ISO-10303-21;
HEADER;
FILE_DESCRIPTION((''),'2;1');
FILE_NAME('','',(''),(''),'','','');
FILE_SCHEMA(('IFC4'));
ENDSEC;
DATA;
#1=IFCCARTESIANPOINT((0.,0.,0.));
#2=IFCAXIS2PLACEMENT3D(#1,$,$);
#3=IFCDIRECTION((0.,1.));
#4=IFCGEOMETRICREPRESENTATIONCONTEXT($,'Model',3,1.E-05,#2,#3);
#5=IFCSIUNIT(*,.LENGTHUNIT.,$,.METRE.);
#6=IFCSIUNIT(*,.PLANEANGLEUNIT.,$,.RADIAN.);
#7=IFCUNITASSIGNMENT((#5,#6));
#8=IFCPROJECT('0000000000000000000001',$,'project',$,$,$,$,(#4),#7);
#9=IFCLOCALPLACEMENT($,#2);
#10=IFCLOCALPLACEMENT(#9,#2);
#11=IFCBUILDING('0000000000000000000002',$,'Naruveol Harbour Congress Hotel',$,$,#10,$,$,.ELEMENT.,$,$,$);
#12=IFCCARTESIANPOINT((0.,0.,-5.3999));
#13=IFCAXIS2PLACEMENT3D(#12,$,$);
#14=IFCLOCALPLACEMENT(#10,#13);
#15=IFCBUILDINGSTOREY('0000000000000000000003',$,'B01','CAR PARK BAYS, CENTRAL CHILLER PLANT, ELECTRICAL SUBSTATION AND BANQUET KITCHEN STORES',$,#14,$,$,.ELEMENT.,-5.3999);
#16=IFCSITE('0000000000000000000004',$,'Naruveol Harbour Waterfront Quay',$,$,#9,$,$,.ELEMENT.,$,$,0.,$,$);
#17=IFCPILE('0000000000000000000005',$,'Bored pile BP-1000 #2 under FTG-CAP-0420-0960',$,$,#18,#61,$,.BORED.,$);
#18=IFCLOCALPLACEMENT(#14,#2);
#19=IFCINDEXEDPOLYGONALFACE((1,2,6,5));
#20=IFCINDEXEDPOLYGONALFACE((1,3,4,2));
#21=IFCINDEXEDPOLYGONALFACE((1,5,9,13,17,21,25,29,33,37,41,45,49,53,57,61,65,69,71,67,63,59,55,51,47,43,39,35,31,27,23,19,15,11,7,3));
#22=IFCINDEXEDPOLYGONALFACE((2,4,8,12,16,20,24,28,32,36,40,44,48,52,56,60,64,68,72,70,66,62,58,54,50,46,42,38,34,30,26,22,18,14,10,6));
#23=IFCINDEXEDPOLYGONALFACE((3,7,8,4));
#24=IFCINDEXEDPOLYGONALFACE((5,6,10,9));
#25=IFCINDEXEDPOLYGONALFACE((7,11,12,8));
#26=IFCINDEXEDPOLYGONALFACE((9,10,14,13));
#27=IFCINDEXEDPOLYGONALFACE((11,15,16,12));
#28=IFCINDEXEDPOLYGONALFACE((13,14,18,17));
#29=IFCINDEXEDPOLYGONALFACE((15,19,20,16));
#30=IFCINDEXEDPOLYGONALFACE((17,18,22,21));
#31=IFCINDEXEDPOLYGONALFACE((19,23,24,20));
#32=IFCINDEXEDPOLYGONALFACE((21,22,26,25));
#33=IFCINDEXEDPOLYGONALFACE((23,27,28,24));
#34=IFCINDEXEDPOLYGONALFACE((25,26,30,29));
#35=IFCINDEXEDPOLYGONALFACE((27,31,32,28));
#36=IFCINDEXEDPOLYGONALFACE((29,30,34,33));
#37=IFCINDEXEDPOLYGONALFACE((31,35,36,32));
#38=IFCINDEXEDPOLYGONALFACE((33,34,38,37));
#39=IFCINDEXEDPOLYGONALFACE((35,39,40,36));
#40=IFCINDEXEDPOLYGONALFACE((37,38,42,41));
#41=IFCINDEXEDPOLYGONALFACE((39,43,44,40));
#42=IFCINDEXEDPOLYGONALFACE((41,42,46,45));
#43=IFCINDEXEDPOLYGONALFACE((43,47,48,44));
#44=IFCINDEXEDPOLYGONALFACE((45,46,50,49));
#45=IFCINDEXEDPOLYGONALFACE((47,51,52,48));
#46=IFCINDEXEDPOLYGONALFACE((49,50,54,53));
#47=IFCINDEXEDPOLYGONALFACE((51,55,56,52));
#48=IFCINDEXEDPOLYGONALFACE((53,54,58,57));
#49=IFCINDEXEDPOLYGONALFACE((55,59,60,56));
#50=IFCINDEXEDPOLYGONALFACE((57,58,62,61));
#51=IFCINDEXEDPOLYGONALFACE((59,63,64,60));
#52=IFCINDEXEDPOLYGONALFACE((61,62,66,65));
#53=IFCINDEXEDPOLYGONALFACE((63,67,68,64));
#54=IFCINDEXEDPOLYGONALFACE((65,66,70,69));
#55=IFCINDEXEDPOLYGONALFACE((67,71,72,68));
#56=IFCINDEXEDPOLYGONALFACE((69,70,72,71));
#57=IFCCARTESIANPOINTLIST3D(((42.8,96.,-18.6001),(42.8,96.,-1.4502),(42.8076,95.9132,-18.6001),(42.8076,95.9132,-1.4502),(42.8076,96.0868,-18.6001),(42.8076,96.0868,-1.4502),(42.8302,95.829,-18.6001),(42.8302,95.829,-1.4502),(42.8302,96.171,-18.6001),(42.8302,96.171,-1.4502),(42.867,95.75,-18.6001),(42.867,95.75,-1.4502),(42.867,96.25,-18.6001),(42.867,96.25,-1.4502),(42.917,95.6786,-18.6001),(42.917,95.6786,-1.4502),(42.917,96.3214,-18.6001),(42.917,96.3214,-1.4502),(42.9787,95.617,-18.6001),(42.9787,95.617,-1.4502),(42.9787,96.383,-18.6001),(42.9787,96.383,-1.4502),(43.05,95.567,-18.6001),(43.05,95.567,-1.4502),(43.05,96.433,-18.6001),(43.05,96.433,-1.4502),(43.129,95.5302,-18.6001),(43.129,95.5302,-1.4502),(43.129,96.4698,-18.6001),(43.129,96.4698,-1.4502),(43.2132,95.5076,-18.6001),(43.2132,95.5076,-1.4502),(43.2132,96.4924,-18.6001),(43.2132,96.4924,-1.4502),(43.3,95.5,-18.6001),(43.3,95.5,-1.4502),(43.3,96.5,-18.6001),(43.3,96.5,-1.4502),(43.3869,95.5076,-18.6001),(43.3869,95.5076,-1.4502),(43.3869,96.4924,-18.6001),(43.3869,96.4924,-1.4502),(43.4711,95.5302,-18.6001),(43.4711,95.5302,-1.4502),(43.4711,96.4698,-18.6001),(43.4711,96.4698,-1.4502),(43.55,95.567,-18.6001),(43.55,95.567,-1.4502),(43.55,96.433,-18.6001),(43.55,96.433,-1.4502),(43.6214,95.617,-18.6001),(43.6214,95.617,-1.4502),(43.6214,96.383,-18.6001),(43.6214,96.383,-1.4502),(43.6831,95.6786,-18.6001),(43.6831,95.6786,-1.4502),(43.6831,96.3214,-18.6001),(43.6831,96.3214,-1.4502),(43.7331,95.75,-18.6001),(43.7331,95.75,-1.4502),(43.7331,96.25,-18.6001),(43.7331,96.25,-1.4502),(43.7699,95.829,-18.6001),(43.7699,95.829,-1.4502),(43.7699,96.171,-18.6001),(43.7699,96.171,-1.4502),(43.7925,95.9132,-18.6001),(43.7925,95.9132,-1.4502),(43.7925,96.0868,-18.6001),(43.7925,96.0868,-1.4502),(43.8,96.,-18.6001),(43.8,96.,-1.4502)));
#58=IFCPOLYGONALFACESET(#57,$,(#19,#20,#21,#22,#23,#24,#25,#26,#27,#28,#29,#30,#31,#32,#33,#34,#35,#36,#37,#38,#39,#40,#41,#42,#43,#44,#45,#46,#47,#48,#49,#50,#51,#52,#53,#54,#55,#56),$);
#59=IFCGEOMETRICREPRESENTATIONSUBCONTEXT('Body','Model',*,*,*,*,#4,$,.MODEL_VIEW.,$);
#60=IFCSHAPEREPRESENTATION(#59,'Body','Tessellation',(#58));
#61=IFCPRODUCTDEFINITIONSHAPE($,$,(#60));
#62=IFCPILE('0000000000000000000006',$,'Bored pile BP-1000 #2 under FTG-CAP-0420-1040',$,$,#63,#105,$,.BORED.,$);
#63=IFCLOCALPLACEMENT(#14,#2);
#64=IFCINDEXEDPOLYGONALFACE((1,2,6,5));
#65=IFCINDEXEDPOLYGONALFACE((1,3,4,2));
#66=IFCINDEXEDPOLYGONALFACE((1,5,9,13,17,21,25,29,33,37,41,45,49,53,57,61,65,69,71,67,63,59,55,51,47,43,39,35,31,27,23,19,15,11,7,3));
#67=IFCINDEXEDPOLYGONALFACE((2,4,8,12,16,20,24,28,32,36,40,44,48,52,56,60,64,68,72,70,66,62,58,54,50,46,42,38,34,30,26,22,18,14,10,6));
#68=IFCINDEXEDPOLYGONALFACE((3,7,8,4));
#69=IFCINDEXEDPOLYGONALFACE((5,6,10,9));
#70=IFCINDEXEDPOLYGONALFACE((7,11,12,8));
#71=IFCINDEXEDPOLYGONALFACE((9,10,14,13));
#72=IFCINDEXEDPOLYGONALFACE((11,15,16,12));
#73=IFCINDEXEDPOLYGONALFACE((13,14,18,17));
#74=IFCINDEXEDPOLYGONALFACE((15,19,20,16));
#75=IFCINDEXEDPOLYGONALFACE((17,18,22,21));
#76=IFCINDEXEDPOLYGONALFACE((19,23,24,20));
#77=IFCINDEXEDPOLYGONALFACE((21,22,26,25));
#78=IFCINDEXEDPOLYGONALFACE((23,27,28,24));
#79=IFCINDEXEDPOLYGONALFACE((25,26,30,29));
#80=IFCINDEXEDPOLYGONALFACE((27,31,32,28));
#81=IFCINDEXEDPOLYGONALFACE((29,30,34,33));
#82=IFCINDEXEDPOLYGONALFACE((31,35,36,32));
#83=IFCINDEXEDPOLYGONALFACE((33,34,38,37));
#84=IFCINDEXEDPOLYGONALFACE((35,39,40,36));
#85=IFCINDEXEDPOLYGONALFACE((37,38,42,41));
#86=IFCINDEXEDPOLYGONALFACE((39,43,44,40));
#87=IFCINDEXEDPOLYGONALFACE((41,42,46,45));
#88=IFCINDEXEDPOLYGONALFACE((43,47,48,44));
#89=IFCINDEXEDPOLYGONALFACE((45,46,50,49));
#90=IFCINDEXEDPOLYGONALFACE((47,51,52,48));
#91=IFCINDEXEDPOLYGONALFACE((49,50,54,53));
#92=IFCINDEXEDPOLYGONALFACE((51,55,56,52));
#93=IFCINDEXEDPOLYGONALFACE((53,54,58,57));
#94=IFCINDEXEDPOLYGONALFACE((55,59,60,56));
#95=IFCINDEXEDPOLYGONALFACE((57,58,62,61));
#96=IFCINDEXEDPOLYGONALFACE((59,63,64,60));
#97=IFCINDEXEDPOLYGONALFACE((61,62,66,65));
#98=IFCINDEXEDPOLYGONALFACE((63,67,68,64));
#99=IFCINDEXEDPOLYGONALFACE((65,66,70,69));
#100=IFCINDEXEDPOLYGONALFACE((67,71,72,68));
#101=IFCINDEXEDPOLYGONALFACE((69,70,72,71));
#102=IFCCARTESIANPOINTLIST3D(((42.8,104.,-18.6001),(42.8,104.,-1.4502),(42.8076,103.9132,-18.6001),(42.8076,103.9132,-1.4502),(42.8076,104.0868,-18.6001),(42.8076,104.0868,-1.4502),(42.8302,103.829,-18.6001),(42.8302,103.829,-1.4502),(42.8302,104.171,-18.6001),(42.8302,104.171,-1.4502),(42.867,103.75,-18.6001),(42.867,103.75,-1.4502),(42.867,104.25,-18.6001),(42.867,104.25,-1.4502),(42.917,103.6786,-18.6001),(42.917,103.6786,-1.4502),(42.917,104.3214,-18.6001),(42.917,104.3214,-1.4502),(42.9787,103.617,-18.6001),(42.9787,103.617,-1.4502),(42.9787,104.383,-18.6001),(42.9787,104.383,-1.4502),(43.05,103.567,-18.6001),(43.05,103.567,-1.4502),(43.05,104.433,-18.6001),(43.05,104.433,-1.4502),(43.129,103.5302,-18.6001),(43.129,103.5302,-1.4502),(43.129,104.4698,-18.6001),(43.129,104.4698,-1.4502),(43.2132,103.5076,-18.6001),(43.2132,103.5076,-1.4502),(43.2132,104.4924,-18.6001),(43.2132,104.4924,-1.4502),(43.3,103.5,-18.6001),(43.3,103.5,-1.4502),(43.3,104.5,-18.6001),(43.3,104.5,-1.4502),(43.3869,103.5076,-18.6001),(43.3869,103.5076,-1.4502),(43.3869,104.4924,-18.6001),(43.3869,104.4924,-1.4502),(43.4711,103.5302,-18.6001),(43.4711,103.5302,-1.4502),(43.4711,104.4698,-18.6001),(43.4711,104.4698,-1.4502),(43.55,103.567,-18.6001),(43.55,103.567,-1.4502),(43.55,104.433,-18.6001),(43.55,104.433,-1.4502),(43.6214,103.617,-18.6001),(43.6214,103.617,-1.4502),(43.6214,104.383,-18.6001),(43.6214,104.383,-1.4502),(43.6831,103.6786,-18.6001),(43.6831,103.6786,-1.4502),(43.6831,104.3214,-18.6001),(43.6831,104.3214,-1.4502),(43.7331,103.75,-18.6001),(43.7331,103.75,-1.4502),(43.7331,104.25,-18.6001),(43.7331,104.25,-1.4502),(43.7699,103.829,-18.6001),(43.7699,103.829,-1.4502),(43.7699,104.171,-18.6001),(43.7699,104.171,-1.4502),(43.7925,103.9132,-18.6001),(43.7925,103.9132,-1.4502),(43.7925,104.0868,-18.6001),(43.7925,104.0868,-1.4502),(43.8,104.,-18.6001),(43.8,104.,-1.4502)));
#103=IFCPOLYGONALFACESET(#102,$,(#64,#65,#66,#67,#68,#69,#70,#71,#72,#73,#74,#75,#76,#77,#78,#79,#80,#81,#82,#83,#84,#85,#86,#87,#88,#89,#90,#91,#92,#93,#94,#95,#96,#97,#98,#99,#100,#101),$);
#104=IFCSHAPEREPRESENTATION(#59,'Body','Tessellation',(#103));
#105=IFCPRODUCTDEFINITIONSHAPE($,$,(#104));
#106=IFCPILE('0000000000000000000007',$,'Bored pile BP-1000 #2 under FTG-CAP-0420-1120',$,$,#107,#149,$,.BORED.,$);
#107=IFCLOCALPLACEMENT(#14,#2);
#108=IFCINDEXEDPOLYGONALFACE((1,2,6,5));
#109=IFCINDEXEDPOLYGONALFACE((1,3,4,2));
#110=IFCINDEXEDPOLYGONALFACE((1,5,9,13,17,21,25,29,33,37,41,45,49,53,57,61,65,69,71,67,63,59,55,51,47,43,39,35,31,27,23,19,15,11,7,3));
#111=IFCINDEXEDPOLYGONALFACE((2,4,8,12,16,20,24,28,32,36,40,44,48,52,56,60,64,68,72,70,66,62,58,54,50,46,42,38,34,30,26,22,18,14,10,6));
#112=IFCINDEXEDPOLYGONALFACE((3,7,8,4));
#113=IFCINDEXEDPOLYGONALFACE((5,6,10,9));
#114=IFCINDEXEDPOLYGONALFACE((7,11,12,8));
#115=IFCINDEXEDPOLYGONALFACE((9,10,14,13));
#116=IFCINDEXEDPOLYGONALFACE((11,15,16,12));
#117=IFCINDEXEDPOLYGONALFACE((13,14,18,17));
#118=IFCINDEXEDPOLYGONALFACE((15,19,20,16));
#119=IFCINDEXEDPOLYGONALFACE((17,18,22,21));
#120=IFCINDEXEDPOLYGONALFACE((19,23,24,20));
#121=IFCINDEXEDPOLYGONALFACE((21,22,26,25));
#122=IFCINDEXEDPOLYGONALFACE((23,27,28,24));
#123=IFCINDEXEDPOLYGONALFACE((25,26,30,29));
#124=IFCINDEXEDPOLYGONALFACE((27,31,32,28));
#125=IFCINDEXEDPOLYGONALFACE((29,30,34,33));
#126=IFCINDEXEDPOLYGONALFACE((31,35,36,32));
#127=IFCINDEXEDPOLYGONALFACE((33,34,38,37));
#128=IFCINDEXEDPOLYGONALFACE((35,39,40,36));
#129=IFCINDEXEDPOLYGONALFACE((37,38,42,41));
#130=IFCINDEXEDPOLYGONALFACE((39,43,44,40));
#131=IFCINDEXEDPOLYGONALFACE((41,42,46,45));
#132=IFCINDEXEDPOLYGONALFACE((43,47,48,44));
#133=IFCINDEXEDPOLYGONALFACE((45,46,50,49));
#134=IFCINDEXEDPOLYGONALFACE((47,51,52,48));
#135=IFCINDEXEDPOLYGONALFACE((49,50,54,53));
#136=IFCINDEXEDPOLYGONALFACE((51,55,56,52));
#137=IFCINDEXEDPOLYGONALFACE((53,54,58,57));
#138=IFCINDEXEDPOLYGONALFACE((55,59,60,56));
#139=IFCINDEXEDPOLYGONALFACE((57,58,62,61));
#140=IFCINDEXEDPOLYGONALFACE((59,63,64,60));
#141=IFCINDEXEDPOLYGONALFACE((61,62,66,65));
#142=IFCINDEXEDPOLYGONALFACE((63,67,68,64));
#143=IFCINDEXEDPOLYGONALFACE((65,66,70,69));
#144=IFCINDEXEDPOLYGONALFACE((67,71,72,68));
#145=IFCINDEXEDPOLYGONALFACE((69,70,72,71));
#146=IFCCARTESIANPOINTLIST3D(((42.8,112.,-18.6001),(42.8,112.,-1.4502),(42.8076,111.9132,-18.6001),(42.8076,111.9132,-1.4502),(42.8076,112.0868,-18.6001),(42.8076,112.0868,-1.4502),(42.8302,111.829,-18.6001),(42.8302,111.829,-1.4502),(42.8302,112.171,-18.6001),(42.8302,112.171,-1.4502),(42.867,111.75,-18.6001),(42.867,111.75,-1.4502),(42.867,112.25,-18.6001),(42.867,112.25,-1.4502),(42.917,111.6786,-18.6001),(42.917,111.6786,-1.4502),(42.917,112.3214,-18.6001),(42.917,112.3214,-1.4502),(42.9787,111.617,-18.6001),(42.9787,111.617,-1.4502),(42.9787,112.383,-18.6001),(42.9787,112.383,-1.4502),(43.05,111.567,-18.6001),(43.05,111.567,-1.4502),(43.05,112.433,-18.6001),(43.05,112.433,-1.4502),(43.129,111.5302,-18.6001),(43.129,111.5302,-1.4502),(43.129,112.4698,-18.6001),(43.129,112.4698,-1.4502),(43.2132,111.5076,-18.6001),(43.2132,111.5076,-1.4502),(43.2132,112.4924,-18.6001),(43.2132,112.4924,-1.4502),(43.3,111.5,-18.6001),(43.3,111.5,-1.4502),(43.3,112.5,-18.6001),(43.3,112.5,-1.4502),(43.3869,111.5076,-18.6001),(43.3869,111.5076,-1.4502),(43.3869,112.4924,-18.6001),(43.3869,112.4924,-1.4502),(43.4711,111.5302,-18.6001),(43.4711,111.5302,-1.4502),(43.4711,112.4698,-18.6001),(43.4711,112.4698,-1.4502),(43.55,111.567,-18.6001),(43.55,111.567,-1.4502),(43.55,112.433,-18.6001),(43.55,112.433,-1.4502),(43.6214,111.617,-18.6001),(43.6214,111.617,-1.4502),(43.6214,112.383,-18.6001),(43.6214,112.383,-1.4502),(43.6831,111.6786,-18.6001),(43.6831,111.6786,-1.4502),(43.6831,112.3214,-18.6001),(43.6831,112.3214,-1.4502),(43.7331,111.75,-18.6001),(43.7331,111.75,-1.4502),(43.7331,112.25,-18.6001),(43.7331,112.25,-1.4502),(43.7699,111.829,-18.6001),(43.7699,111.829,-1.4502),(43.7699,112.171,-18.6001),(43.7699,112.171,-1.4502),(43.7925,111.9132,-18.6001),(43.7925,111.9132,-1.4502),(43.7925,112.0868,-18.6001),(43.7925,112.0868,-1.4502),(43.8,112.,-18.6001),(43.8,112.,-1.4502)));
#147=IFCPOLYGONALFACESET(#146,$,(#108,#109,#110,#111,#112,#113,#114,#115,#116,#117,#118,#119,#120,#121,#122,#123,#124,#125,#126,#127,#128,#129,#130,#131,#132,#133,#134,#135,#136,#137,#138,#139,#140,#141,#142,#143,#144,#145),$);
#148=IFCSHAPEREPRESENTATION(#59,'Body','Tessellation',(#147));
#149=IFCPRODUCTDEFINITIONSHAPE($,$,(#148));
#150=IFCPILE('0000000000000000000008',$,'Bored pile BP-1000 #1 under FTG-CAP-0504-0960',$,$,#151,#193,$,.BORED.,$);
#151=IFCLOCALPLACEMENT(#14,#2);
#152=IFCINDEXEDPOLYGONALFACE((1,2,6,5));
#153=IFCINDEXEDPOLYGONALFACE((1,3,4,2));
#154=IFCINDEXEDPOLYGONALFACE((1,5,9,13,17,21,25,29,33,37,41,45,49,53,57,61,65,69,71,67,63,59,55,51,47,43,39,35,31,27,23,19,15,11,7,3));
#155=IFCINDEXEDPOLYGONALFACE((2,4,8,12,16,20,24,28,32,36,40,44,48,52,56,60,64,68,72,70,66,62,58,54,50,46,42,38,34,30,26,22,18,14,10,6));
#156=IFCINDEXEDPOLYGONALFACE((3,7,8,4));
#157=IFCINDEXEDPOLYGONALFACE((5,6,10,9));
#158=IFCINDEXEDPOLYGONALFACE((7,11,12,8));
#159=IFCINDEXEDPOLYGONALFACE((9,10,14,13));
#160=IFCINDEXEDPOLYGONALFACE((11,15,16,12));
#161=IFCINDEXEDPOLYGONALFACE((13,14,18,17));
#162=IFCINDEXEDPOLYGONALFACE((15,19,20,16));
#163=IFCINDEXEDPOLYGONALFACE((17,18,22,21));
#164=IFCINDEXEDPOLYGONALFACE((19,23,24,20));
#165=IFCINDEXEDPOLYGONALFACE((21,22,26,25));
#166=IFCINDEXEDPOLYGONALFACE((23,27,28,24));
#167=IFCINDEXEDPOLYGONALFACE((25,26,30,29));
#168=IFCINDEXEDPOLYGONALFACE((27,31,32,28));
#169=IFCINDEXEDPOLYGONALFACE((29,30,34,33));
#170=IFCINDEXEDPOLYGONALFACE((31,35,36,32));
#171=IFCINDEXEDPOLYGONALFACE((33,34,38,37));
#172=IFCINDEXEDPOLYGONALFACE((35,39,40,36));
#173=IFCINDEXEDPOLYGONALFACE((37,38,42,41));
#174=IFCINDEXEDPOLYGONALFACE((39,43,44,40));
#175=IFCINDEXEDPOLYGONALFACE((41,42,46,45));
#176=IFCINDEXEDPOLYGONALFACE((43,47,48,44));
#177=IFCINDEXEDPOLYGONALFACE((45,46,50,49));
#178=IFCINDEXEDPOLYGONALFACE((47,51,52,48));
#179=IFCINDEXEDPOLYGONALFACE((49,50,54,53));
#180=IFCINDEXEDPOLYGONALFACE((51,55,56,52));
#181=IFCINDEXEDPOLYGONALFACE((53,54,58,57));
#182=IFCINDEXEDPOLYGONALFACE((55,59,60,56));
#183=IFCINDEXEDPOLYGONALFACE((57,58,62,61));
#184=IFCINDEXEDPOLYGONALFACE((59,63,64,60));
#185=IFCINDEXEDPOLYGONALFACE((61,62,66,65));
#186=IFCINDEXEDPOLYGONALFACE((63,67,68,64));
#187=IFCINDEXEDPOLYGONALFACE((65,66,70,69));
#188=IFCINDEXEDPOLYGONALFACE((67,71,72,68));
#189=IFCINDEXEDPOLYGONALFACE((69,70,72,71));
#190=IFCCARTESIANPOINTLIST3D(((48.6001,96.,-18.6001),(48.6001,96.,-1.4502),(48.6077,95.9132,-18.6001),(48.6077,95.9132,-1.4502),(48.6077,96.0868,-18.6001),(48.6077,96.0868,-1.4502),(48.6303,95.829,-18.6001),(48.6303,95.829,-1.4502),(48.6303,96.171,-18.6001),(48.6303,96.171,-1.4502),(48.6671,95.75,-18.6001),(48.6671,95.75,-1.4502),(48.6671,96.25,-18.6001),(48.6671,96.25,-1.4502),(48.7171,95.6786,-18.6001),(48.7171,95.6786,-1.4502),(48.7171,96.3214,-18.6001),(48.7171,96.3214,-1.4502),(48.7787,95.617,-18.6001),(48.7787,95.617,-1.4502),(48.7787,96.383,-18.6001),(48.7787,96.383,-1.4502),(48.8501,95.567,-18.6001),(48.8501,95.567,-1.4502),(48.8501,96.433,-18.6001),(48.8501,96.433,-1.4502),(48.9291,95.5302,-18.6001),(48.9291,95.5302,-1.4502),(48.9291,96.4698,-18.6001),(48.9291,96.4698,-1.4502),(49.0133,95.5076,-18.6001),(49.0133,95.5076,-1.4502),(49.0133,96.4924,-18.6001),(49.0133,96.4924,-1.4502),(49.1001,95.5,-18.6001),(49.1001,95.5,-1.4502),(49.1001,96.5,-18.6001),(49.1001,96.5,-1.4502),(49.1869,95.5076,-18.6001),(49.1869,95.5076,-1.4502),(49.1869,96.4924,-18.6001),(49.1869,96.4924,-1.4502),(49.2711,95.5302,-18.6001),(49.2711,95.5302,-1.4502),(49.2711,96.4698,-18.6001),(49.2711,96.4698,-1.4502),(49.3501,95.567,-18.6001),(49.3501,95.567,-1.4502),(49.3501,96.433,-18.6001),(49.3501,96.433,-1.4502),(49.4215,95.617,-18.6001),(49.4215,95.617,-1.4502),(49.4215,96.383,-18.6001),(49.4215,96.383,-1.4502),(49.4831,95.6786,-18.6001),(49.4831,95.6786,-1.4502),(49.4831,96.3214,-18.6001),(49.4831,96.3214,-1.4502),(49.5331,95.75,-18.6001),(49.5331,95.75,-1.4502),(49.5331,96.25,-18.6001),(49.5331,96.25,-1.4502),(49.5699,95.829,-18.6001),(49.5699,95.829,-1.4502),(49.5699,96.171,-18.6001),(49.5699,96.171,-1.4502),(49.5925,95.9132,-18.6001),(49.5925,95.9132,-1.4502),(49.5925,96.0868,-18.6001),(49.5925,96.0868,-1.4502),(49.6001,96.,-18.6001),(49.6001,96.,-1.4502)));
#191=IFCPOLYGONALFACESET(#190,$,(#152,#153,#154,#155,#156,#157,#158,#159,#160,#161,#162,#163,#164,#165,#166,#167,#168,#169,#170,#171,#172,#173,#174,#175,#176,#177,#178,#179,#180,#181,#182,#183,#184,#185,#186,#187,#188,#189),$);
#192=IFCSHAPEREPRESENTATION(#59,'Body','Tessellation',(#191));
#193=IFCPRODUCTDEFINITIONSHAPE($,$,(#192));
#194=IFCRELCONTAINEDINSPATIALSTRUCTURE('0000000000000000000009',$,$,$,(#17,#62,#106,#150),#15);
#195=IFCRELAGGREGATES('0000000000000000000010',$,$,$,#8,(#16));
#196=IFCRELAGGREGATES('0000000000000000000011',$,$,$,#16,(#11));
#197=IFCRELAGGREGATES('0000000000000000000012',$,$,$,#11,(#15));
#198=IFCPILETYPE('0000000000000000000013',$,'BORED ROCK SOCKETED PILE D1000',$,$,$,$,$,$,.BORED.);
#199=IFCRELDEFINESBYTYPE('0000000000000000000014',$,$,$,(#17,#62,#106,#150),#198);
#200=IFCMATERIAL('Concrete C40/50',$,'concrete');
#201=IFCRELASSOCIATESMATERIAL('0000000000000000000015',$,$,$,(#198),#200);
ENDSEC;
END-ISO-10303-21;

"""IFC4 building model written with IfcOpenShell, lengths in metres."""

from ifc_helpers import new_model, si_unit, direction, frame, origin, origin_2d, place, context, subcontext, project, spatial, circle, extrude, material, material_profile, profile_set, type_object, element, save


model = new_model("IFC4")

# Units and contexts
model_context = context("Model", 3, precision=1e-05, world=origin(), true_north=direction((0.0, 1.0)))
body_context = subcontext(model_context, "Body", "Model", "MODEL_VIEW")
ifc_project = project(units=[si_unit("LENGTHUNIT", "METRE"), si_unit("PLANEANGLEUNIT", "RADIAN")], contexts=[model_context])

# Site, building, storey
site_placement = place(None, origin())
site = spatial("IfcSite", under=ifc_project, at=site_placement, Name="Naruveol Harbour Waterfront Quay", CompositionType="ELEMENT", RefElevation=0.0)
building_placement = place(site_placement, origin())
building = spatial("IfcBuilding", under=site, at=building_placement, Name="Naruveol Harbour Congress Hotel", CompositionType="ELEMENT")
storey_placement = place(building_placement, frame((0.0, 0.0, -5.3999)))
storey = spatial("IfcBuildingStorey", under=building, at=storey_placement, Name="B01", Description="CAR PARK BAYS, CENTRAL CHILLER PLANT, ELECTRICAL SUBSTATION AND BANQUET KITCHEN STORES", CompositionType="ELEMENT", Elevation=-5.3999)

# Piles
ifc_material_1 = material(Name="Concrete C40/50", Category="concrete")
ifc_material_profile_1 = material_profile(ifc_material_1, circle(Radius=0.5, at=origin_2d()), Name="BP-1000")
ifc_profile_set_1 = profile_set([ifc_material_profile_1], Name="Concrete C40/50")
pile_type_1 = type_object("IfcPileType", Name="BORED ROCK SOCKETED PILE D1000", PredefinedType="BORED", material=ifc_profile_set_1)
for number, where, z_axis, x_axis, name in (
    (1, (43.3, 96.0, -1.4502), (0.0, 0.0, -1.0), (1.0, 0.0, 0.0), "Bored pile BP-1000 #2 under FTG-CAP-0420-0960"),
    (2, (43.3, 104.0, -1.4502), (0.0, 0.0, -1.0), (1.0, 0.0, 0.0), "Bored pile BP-1000 #2 under FTG-CAP-0420-1040"),
    (3, (43.3, 112.0, -1.4502), (0.0, 0.0, -1.0), (1.0, 0.0, 0.0), "Bored pile BP-1000 #2 under FTG-CAP-0420-1120"),
    (4, (49.1001, 96.0, -1.4502), (0.0, 0.0, -1.0), (1.0, 0.0, 0.0), "Bored pile BP-1000 #1 under FTG-CAP-0504-0960"),
):
    element("IfcPile", number, at=place(storey_placement, frame(where, z_axis=z_axis, x_axis=x_axis)), inside=storey, type_object=pile_type_1, Name=name, PredefinedType="BORED", context=body_context, shape_type="SweptSolid", body=[
        extrude(circle(Radius=0.5, at=origin_2d()), origin(), (0.0, 0.0, 1.0), 17.1499),
    ])

save(model, "model.ifc")
